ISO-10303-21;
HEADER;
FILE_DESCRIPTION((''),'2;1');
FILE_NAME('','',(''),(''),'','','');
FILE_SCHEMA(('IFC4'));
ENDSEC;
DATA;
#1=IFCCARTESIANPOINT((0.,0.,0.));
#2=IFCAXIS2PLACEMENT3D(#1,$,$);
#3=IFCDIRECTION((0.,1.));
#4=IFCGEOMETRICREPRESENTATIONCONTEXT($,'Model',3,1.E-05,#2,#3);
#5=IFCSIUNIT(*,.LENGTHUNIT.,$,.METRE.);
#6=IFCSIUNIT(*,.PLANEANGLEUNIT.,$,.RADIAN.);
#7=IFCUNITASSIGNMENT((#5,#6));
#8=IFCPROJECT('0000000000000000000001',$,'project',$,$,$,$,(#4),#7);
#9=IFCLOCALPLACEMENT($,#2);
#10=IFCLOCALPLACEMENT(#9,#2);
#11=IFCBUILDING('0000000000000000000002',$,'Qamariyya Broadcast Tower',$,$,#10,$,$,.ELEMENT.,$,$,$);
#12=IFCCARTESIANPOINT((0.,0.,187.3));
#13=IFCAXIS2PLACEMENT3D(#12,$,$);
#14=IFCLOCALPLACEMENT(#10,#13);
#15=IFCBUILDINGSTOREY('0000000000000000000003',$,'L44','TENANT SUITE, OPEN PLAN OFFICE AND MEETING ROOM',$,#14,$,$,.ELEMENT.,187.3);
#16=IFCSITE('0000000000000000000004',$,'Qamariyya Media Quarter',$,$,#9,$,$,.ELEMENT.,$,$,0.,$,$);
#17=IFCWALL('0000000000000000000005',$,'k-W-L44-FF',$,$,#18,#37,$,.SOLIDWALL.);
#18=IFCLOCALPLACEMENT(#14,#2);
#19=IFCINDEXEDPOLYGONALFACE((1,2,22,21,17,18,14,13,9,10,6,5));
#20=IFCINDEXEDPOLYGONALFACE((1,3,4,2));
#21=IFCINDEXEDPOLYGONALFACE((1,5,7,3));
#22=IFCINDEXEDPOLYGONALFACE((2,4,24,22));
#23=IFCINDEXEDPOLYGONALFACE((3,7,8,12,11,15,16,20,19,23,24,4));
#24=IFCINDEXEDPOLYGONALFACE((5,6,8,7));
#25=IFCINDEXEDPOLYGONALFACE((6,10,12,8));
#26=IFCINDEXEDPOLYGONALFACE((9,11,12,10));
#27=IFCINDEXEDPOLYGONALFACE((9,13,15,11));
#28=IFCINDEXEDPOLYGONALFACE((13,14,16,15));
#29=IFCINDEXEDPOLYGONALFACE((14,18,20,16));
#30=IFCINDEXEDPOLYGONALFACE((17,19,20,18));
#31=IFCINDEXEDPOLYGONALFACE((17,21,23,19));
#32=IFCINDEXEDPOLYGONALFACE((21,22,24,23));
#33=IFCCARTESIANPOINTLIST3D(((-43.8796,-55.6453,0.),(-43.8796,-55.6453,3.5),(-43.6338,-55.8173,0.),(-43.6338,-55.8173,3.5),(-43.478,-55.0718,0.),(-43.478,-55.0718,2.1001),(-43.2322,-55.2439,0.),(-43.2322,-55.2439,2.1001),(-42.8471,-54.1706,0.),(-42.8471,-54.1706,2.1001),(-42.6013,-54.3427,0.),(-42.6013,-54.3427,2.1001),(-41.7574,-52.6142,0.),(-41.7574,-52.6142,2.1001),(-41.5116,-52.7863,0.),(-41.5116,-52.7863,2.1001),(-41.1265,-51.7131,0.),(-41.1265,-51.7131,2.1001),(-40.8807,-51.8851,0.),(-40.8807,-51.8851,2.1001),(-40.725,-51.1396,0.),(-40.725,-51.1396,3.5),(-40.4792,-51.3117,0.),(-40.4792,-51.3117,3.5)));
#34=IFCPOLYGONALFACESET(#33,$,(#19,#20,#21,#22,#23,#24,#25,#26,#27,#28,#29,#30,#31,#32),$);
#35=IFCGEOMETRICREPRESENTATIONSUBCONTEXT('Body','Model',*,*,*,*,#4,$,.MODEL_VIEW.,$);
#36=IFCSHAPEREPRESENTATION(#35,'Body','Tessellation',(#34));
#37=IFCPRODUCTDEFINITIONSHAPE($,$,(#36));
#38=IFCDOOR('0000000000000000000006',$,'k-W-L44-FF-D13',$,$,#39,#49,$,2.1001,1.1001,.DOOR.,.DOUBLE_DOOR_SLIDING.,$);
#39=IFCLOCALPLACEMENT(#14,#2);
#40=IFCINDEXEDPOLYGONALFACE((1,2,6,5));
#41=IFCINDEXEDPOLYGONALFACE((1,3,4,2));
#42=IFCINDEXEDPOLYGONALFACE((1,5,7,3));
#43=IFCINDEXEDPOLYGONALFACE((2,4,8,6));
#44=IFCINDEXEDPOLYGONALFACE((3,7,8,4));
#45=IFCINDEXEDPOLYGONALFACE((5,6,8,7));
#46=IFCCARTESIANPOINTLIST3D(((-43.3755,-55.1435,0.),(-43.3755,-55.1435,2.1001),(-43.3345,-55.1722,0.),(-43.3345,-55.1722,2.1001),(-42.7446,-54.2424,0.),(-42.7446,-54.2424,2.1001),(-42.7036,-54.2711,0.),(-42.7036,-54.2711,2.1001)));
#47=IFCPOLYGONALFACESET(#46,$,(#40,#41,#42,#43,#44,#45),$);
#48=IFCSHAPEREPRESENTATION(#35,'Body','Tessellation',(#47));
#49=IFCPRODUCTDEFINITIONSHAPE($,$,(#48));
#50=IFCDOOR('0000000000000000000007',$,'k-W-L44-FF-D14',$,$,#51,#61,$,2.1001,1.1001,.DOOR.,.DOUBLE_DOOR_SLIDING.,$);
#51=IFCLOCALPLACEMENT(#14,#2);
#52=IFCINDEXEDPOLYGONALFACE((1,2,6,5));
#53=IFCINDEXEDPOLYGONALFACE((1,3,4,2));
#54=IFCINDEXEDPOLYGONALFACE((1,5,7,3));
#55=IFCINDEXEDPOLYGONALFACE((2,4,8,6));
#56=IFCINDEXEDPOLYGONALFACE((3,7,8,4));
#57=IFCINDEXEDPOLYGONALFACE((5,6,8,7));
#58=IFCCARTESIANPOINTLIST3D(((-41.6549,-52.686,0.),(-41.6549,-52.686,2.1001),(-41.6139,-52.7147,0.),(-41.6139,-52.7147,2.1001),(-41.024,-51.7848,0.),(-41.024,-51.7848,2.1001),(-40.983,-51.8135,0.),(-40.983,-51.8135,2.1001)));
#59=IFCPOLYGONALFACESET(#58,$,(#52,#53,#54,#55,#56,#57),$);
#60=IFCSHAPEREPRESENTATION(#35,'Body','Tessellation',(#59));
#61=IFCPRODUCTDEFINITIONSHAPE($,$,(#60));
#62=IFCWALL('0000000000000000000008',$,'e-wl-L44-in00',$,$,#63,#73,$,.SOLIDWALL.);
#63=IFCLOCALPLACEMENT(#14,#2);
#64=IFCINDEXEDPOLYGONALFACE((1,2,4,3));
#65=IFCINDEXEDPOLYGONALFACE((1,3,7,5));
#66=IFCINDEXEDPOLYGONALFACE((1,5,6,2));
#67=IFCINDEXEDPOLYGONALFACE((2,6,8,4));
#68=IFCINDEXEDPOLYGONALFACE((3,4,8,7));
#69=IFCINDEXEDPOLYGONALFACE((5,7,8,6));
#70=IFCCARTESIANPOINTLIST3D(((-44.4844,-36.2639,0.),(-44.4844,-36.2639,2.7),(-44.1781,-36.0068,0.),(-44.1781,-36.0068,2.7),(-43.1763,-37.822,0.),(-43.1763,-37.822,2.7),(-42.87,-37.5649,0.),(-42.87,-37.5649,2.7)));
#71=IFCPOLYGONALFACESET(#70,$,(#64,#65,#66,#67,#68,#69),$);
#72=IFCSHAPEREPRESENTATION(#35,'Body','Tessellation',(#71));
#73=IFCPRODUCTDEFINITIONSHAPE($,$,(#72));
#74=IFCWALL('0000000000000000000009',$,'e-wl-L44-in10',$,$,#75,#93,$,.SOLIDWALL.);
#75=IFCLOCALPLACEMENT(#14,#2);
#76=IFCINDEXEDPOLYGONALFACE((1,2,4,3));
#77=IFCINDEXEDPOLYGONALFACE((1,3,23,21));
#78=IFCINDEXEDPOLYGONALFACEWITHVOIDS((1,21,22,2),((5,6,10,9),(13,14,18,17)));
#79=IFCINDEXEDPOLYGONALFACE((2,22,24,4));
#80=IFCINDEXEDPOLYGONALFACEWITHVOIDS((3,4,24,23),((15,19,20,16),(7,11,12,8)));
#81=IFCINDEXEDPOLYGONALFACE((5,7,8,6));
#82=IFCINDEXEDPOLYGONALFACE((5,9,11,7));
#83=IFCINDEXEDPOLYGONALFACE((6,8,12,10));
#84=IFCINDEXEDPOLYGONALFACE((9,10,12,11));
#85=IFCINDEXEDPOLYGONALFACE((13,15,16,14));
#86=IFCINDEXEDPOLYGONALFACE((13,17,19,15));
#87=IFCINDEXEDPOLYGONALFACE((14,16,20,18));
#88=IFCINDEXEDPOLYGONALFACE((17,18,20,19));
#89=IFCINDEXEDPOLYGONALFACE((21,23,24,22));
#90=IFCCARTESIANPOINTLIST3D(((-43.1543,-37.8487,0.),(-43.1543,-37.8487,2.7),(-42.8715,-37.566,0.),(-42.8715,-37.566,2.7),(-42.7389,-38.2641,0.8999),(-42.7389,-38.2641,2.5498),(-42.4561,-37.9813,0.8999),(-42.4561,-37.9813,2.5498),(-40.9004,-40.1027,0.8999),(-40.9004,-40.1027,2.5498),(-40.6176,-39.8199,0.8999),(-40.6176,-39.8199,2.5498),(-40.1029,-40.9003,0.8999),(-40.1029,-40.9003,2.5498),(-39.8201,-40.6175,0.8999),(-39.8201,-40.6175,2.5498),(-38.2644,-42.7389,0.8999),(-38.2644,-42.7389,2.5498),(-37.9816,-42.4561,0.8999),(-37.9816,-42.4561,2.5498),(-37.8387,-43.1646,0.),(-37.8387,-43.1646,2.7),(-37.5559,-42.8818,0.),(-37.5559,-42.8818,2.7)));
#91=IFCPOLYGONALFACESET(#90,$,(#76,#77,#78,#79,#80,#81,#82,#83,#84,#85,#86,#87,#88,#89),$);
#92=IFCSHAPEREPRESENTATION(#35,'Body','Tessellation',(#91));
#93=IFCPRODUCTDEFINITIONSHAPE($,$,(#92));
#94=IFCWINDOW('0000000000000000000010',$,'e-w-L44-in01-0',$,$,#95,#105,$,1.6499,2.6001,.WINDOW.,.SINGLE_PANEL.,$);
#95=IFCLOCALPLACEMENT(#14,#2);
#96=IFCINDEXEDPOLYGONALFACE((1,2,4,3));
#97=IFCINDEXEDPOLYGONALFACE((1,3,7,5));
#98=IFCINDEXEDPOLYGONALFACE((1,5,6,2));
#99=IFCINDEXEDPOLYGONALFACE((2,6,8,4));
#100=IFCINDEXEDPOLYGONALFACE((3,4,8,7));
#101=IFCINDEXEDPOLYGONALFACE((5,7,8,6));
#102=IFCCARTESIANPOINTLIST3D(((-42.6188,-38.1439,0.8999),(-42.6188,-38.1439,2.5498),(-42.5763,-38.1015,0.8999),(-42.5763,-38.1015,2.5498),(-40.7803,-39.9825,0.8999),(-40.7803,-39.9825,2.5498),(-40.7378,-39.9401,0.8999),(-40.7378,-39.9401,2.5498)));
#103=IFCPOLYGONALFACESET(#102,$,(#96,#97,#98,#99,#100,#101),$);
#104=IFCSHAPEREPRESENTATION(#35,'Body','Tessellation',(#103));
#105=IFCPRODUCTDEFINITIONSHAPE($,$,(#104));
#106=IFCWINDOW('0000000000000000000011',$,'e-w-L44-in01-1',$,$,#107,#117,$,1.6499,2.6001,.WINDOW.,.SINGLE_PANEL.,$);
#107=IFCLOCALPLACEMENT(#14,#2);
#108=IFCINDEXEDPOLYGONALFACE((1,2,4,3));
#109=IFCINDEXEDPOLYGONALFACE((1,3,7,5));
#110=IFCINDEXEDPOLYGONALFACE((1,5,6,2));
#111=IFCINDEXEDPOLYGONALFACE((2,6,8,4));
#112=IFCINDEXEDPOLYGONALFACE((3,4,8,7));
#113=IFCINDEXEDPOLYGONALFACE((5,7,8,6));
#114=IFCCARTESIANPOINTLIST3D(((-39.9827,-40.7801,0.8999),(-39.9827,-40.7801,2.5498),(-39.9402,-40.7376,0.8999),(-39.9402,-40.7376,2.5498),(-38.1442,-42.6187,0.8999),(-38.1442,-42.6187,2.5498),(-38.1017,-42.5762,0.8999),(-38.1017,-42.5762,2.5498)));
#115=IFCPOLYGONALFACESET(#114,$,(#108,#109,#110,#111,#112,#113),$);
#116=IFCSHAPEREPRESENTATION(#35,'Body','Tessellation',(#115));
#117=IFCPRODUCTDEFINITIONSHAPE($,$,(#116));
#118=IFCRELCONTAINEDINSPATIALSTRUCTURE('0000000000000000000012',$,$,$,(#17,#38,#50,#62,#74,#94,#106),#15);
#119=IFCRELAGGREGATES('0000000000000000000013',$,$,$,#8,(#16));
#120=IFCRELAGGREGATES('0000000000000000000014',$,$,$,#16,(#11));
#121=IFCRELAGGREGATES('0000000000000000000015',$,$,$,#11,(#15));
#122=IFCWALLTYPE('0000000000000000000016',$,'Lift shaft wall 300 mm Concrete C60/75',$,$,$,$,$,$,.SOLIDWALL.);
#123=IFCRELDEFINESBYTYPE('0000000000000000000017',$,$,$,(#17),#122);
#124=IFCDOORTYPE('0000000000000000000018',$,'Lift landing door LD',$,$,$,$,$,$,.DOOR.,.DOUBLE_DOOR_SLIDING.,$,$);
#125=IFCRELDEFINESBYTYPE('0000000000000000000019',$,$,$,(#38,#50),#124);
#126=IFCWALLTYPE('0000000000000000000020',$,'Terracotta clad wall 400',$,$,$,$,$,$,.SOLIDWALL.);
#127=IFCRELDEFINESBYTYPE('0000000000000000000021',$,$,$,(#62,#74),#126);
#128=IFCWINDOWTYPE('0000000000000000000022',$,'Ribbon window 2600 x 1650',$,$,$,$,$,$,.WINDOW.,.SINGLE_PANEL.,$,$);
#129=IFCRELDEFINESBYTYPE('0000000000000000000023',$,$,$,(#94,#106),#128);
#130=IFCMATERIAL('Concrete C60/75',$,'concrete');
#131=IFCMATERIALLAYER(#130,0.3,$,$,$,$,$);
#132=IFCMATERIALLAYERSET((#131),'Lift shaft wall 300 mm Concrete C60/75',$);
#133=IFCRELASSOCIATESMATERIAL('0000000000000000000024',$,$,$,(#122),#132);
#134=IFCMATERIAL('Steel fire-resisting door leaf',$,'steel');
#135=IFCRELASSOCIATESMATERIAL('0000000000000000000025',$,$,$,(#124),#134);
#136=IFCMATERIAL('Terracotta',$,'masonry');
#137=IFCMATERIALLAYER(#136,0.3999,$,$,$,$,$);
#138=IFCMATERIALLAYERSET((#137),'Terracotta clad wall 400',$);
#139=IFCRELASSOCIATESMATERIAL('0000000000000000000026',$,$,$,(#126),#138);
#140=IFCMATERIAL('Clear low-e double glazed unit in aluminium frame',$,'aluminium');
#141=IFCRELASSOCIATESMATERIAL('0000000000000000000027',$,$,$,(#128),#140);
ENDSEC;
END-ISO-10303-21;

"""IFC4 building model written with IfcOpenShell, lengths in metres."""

from ifc_helpers import new_model, si_unit, direction, frame, frame_2d, origin, place, context, subcontext, project, spatial, rectangle, extrude, material, layer, layer_set, type_object, element, fill, save


model = new_model("IFC4")

# Units and contexts
model_context = context("Model", 3, precision=1e-05, world=origin(), true_north=direction((0.0, 1.0)))
body_context = subcontext(model_context, "Body", "Model", "MODEL_VIEW")
ifc_project = project(units=[si_unit("LENGTHUNIT", "METRE"), si_unit("PLANEANGLEUNIT", "RADIAN")], contexts=[model_context])

# Site, building, storey
site_placement = place(None, origin())
site = spatial("IfcSite", under=ifc_project, at=site_placement, Name="Qamariyya Media Quarter", CompositionType="ELEMENT", RefElevation=0.0)
building_placement = place(site_placement, origin())
building = spatial("IfcBuilding", under=site, at=building_placement, Name="Qamariyya Broadcast Tower", CompositionType="ELEMENT")
storey_placement = place(building_placement, frame((0.0, 0.0, 187.3)))
storey = spatial("IfcBuildingStorey", under=building, at=storey_placement, Name="L44", Description="TENANT SUITE, OPEN PLAN OFFICE AND MEETING ROOM", CompositionType="ELEMENT", Elevation=187.3)

# Shared definitions
ifc_material_1 = material(Name="Concrete C60/75", Category="concrete")

# Shared definitions
ifc_layer_1 = layer(ifc_material_1, 0.3)
ifc_layer_set_1 = layer_set([ifc_layer_1], Name="Lift shaft wall 300 mm Concrete C60/75")
wall_type_1 = type_object("IfcWallType", Name="Lift shaft wall 300 mm Concrete C60/75", PredefinedType="SOLIDWALL", material=ifc_layer_set_1)
ifc_material_2 = material(Name="Steel fire-resisting door leaf", Category="steel")

# Wall, openings, doors
wall_1_placement = place(storey_placement, frame((-43.7566, -55.7312, 0.0), z_axis=(0.0, 0.0, 1.0), x_axis=(0.573537, 0.81918, 0.0)))
wall_1 = element("IfcWall", 1, at=wall_1_placement, inside=storey, type_object=wall_type_1, Name="k-W-L44-FF", PredefinedType="SOLIDWALL", context=body_context, shape_type="SweptSolid", body=[
    extrude(rectangle(XDim=5.5002, YDim=0.3, at=frame_2d((2.75, 0.0))), origin(), (0.0, 0.0, 1.0), 3.5),
])
opening_1_placement = place(wall_1_placement, frame((0.7, 0.0, 0.0)))
opening_1 = element("IfcOpeningElement", 2, at=opening_1_placement, cuts=wall_1, PredefinedType="OPENING", context=body_context, shape_type="SweptSolid", body=[
    extrude(rectangle(XDim=1.1001, YDim=2.1001, at=frame_2d((0.55, 1.05))), frame((0.0, 0.1599, 0.0), z_axis=(0.0, -1.0, 0.0), x_axis=(1.0, 0.0, 0.0)), (0.0, 0.0, 1.0), 0.3201),
])
opening_2_placement = place(wall_1_placement, frame((3.7, 0.0, 0.0)))
opening_2 = element("IfcOpeningElement", 3, at=opening_2_placement, cuts=wall_1, PredefinedType="OPENING", context=body_context, shape_type="SweptSolid", body=[
    extrude(rectangle(XDim=1.1001, YDim=2.1001, at=frame_2d((0.55, 1.05))), frame((0.0, 0.1599, 0.0), z_axis=(0.0, -1.0, 0.0), x_axis=(1.0, 0.0, 0.0)), (0.0, 0.0, 1.0), 0.3201),
])
door_type_1 = type_object("IfcDoorType", Name="Lift landing door LD", OperationType="DOUBLE_DOOR_SLIDING", PredefinedType="DOOR", material=ifc_material_2)
door_1_placement = place(opening_1_placement, origin())
door_1 = element("IfcDoor", 4, at=door_1_placement, inside=storey, type_object=door_type_1, Name="k-W-L44-FF-D13", OperationType="DOUBLE_DOOR_SLIDING", OverallHeight=2.1001, OverallWidth=1.1001, PredefinedType="DOOR", context=body_context, shape_type="SweptSolid", body=[
    extrude(rectangle(XDim=1.1001, YDim=2.1001, at=frame_2d((0.55, 1.05))), frame((0.0, 0.0249, 0.0), z_axis=(0.0, -1.0, 0.0), x_axis=(1.0, 0.0, 0.0)), (0.0, 0.0, 1.0), 0.05),
])
fill(opening_1, door_1)
door_2_placement = place(opening_2_placement, origin())
door_2 = element("IfcDoor", 5, at=door_2_placement, inside=storey, type_object=door_type_1, Name="k-W-L44-FF-D14", OperationType="DOUBLE_DOOR_SLIDING", OverallHeight=2.1001, OverallWidth=1.1001, PredefinedType="DOOR", context=body_context, shape_type="SweptSolid", body=[
    extrude(rectangle(XDim=1.1001, YDim=2.1001, at=frame_2d((0.55, 1.05))), frame((0.0, 0.0249, 0.0), z_axis=(0.0, -1.0, 0.0), x_axis=(1.0, 0.0, 0.0)), (0.0, 0.0, 1.0), 0.05),
])
fill(opening_2, door_2)

# Wall
ifc_material_3 = material(Name="Terracotta", Category="masonry")
ifc_layer_2 = layer(ifc_material_3, 0.3999)
ifc_layer_set_2 = layer_set([ifc_layer_2], Name="Terracotta clad wall 400")
wall_type_2 = type_object("IfcWallType", Name="Terracotta clad wall 400", PredefinedType="SOLIDWALL", material=ifc_layer_set_2)
wall_2_placement = place(storey_placement, frame((-43.0232, -37.6934, 0.0), z_axis=(0.0, 0.0, 1.0), x_axis=(-0.642989, 0.765875, 0.0)))
element("IfcWall", 6, at=wall_2_placement, inside=storey, type_object=wall_type_2, Name="e-wl-L44-in00", PredefinedType="SOLIDWALL", context=body_context, shape_type="SweptSolid", body=[
    extrude(rectangle(XDim=2.0344, YDim=0.3999, at=frame_2d((1.0171, 0.0))), origin(), (0.0, 0.0, 1.0), 2.7),
])

# Wall, openings, windows
wall_3_placement = place(storey_placement, frame((-37.6973, -43.0232, 0.0), z_axis=(0.0, 0.0, 1.0), x_axis=(-0.707091, 0.707123, 0.0)))
wall_3 = element("IfcWall", 7, at=wall_3_placement, inside=storey, type_object=wall_type_2, Name="e-wl-L44-in10", PredefinedType="SOLIDWALL", context=body_context, shape_type="SweptSolid", body=[
    extrude(rectangle(XDim=7.5176, YDim=0.3999, at=frame_2d((3.7588, 0.0))), origin(), (0.0, 0.0, 1.0), 2.7),
])
opening_3_placement = place(wall_3_placement, frame((4.3301, 0.0, 0.8999)))
opening_3 = element("IfcOpeningElement", 8, at=opening_3_placement, cuts=wall_3, PredefinedType="OPENING", context=body_context, shape_type="SweptSolid", body=[
    extrude(rectangle(XDim=2.6001, YDim=1.6499, at=frame_2d((1.3, 0.825))), frame((0.0, 0.21, 0.0), z_axis=(0.0, -1.0, 0.0), x_axis=(1.0, 0.0, 0.0)), (0.0, 0.0, 1.0), 0.4199),
])
opening_4_placement = place(wall_3_placement, frame((0.6021, 0.0, 0.8999)))
opening_4 = element("IfcOpeningElement", 9, at=opening_4_placement, cuts=wall_3, PredefinedType="OPENING", context=body_context, shape_type="SweptSolid", body=[
    extrude(rectangle(XDim=2.6001, YDim=1.6499, at=frame_2d((1.3, 0.825))), frame((0.0, 0.21, 0.0), z_axis=(0.0, -1.0, 0.0), x_axis=(1.0, 0.0, 0.0)), (0.0, 0.0, 1.0), 0.4199),
])
ifc_material_4 = material(Name="Clear low-e double glazed unit in aluminium frame", Category="aluminium")
window_type = type_object("IfcWindowType", Name="Ribbon window 2600 x 1650", PartitioningType="SINGLE_PANEL", PredefinedType="WINDOW", material=ifc_material_4)
window_1_placement = place(opening_3_placement, origin())
window_1 = element("IfcWindow", 10, at=window_1_placement, inside=storey, type_object=window_type, Name="e-w-L44-in01-0", OverallHeight=1.6499, OverallWidth=2.6001, PartitioningType="SINGLE_PANEL", PredefinedType="WINDOW", context=body_context, shape_type="SweptSolid", body=[
    extrude(rectangle(XDim=2.6001, YDim=1.6499, at=frame_2d((1.3, 0.825))), frame((0.0, 0.03, 0.0), z_axis=(0.0, -1.0, 0.0), x_axis=(1.0, 0.0, 0.0)), (0.0, 0.0, 1.0), 0.0601),
])
fill(opening_3, window_1)
window_2_placement = place(opening_4_placement, origin())
window_2 = element("IfcWindow", 11, at=window_2_placement, inside=storey, type_object=window_type, Name="e-w-L44-in01-1", OverallHeight=1.6499, OverallWidth=2.6001, PartitioningType="SINGLE_PANEL", PredefinedType="WINDOW", context=body_context, shape_type="SweptSolid", body=[
    extrude(rectangle(XDim=2.6001, YDim=1.6499, at=frame_2d((1.3, 0.825))), frame((0.0, 0.03, 0.0), z_axis=(0.0, -1.0, 0.0), x_axis=(1.0, 0.0, 0.0)), (0.0, 0.0, 1.0), 0.0601),
])
fill(opening_4, window_2)

save(model, "model.ifc")
